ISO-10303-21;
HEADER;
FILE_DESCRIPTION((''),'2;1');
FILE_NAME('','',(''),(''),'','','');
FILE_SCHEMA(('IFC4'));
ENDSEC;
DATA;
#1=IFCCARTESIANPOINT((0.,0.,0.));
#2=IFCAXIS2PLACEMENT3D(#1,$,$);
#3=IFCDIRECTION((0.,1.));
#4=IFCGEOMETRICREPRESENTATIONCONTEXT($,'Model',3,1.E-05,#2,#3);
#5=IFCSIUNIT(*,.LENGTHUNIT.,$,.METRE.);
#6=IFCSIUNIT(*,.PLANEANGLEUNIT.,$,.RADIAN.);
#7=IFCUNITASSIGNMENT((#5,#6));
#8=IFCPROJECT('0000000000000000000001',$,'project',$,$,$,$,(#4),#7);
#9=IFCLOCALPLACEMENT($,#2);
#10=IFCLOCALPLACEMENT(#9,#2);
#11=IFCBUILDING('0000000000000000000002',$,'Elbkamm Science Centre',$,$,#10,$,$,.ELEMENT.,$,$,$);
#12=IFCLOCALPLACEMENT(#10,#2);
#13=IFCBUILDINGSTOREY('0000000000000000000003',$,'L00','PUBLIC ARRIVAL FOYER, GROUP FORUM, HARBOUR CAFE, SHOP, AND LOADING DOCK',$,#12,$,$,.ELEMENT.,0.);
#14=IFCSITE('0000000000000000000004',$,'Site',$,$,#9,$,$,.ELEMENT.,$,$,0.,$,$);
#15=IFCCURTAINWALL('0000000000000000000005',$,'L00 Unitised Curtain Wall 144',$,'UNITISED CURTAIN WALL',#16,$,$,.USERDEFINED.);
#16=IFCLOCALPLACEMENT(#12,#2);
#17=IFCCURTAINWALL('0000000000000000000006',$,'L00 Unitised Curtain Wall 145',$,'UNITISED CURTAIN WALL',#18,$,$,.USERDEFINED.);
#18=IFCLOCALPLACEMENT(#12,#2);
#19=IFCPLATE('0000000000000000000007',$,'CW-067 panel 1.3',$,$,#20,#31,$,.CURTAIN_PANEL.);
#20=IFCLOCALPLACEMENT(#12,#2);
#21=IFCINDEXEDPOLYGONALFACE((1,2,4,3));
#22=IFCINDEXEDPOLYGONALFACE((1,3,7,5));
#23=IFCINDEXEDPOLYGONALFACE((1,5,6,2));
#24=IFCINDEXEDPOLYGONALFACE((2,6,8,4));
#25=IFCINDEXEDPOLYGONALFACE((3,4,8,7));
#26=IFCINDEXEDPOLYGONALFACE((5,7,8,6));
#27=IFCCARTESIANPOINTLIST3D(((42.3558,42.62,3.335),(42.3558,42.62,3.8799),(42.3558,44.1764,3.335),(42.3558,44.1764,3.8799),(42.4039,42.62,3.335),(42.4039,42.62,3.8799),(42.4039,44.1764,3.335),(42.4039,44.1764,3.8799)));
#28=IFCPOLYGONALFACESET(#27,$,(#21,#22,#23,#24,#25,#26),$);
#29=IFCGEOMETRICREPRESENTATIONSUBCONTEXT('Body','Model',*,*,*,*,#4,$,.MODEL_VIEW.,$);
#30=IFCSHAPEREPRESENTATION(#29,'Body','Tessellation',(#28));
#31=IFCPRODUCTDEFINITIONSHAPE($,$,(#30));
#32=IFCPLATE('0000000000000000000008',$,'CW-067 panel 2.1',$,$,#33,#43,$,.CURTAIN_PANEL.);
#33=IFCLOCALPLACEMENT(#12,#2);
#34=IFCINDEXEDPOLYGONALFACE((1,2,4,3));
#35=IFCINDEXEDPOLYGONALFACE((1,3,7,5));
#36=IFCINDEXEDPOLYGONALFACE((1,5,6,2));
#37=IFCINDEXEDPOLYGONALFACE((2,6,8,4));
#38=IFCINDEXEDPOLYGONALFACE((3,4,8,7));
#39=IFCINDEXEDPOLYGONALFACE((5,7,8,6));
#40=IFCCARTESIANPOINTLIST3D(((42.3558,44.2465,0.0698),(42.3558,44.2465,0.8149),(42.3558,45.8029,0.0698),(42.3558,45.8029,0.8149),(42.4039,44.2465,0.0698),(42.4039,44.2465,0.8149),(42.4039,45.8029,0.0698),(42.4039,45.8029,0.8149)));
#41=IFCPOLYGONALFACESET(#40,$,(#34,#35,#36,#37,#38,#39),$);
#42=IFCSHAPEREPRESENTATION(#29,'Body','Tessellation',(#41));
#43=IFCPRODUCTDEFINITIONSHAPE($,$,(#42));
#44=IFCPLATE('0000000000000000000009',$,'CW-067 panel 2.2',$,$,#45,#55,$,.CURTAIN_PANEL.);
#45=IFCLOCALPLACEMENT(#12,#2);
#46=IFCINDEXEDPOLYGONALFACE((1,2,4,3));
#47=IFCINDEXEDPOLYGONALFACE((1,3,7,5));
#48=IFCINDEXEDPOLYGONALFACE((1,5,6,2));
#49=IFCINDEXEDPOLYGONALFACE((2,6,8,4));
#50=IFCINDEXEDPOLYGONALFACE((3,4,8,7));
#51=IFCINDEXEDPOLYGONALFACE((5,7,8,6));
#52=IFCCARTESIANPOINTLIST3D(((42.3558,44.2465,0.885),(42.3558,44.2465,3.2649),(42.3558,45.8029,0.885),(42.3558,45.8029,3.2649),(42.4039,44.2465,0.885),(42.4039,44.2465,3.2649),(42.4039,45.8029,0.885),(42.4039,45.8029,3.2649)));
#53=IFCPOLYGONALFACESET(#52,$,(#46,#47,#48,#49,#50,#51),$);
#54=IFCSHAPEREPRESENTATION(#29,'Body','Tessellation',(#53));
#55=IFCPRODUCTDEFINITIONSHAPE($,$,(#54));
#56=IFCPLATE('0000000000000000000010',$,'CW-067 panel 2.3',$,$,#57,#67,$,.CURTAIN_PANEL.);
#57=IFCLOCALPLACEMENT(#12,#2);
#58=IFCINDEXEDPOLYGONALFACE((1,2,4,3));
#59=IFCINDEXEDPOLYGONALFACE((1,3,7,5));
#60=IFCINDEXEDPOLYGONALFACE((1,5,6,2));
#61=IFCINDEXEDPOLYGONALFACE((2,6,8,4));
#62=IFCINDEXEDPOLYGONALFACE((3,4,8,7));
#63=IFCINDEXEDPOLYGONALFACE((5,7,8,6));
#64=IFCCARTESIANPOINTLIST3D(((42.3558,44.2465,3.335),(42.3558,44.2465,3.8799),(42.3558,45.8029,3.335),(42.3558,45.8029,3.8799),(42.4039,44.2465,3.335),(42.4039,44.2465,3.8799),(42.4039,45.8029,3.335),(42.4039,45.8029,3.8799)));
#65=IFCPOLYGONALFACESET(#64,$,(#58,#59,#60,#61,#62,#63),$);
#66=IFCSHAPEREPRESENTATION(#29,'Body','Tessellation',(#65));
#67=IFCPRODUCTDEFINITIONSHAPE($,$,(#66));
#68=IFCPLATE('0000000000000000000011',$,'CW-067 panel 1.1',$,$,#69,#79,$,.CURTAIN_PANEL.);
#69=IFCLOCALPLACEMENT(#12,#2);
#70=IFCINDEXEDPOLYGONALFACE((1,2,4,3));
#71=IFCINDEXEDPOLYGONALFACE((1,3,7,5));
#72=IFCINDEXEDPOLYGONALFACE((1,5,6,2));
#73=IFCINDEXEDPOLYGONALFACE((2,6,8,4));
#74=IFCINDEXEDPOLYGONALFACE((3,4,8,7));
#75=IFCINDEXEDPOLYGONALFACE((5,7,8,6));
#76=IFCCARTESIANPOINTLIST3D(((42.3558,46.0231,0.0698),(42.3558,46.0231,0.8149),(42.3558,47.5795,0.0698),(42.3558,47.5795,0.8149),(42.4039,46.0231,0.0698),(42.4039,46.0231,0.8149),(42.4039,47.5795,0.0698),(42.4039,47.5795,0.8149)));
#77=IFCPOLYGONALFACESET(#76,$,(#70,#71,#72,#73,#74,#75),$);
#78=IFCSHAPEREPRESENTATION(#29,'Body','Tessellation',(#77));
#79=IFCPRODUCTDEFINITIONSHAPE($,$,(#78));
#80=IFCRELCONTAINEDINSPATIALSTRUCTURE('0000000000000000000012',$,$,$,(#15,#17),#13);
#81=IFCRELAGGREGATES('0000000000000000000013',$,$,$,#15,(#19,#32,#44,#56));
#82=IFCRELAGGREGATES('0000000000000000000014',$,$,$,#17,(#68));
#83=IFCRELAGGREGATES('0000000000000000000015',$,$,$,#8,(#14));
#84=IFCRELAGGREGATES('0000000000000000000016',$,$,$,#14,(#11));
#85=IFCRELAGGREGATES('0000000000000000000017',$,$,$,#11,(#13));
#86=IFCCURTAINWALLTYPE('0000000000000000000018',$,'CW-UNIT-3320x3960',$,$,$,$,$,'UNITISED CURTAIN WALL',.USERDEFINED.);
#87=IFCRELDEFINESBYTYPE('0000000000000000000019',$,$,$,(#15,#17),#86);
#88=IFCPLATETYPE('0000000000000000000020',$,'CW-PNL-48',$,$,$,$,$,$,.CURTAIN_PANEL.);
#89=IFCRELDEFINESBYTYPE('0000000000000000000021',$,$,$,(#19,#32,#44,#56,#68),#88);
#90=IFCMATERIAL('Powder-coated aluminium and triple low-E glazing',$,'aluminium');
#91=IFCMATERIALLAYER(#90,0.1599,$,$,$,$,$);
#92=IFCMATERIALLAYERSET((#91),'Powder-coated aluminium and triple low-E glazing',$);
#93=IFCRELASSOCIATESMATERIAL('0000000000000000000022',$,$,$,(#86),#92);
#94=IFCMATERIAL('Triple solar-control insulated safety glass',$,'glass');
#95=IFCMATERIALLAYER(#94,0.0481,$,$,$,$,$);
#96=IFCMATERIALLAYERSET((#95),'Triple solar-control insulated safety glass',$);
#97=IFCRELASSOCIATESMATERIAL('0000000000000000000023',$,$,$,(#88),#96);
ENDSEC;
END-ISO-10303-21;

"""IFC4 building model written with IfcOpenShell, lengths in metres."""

from ifc_helpers import new_model, si_unit, direction, frame, origin, origin_2d, place, context, subcontext, project, spatial, rectangle, extrude, material, layer, layer_set, type_object, element, aggregate, save


model = new_model("IFC4")

# Units and contexts
model_context = context("Model", 3, precision=1e-05, world=origin(), true_north=direction((0.0, 1.0)))
body_context = subcontext(model_context, "Body", "Model", "MODEL_VIEW")
ifc_project = project(units=[si_unit("LENGTHUNIT", "METRE"), si_unit("PLANEANGLEUNIT", "RADIAN")], contexts=[model_context])

# Site, building, storey
site_placement = place(None, origin())
site = spatial("IfcSite", under=ifc_project, at=site_placement, Name="Site", CompositionType="ELEMENT", RefElevation=0.0)
building_placement = place(site_placement, origin())
building = spatial("IfcBuilding", under=site, at=building_placement, Name="Elbkamm Science Centre", CompositionType="ELEMENT")
storey_placement = place(building_placement, origin())
storey = spatial("IfcBuildingStorey", under=building, at=storey_placement, Name="L00", Description="PUBLIC ARRIVAL FOYER, GROUP FORUM, HARBOUR CAFE, SHOP, AND LOADING DOCK", CompositionType="ELEMENT", Elevation=0.0)

# Curtain wall
ifc_material_1 = material(Name="Powder-coated aluminium and triple low-E glazing", Category="aluminium")
ifc_layer_1 = layer(ifc_material_1, 0.1599)
ifc_layer_set_1 = layer_set([ifc_layer_1], Name="Powder-coated aluminium and triple low-E glazing")
curtain_wall_type = type_object("IfcCurtainWallType", Name="CW-UNIT-3320x3960", ElementType="UNITISED CURTAIN WALL", PredefinedType="USERDEFINED", material=ifc_layer_set_1)
curtain_wall_1_placement = place(storey_placement, origin())
curtain_wall_1 = element("IfcCurtainWall", 1, at=curtain_wall_1_placement, inside=storey, type_object=curtain_wall_type, Name="L00 Unitised Curtain Wall 144", ObjectType="UNITISED CURTAIN WALL", PredefinedType="USERDEFINED")

# Curtain wall
curtain_wall_2_placement = place(storey_placement, origin())
curtain_wall_2 = element("IfcCurtainWall", 2, at=curtain_wall_2_placement, inside=storey, type_object=curtain_wall_type, Name="L00 Unitised Curtain Wall 145", ObjectType="UNITISED CURTAIN WALL", PredefinedType="USERDEFINED")

# Plates
ifc_material_2 = material(Name="Triple solar-control insulated safety glass", Category="glass")
ifc_layer_2 = layer(ifc_material_2, 0.0481)
ifc_layer_set_2 = layer_set([ifc_layer_2], Name="Triple solar-control insulated safety glass")
plate_type = type_object("IfcPlateType", Name="CW-PNL-48", PredefinedType="CURTAIN_PANEL", material=ifc_layer_set_2)
plate_1_placement = place(storey_placement, frame((42.3799, 43.3982, 3.335), z_axis=(0.0, 0.0, 1.0), x_axis=(0.0, 1.0, 0.0)))
plate_1 = element("IfcPlate", 3, at=plate_1_placement, type_object=plate_type, Name="CW-067 panel 1.3", PredefinedType="CURTAIN_PANEL", context=body_context, shape_type="SweptSolid", body=[
    extrude(rectangle(XDim=1.5564, YDim=0.0481, at=origin_2d()), origin(), (0.0, 0.0, 1.0), 0.5449),
])
plate_2_placement = place(storey_placement, frame((42.3799, 45.0247, 0.0698), z_axis=(0.0, 0.0, 1.0), x_axis=(0.0, 1.0, 0.0)))
plate_2 = element("IfcPlate", 4, at=plate_2_placement, type_object=plate_type, Name="CW-067 panel 2.1", PredefinedType="CURTAIN_PANEL", context=body_context, shape_type="SweptSolid", body=[
    extrude(rectangle(XDim=1.5564, YDim=0.0481, at=origin_2d()), origin(), (0.0, 0.0, 1.0), 0.7451),
])
plate_3_placement = place(storey_placement, frame((42.3799, 45.0247, 0.885), z_axis=(0.0, 0.0, 1.0), x_axis=(0.0, 1.0, 0.0)))
plate_3 = element("IfcPlate", 5, at=plate_3_placement, type_object=plate_type, Name="CW-067 panel 2.2", PredefinedType="CURTAIN_PANEL", context=body_context, shape_type="SweptSolid", body=[
    extrude(rectangle(XDim=1.5564, YDim=0.0481, at=origin_2d()), origin(), (0.0, 0.0, 1.0), 2.3799),
])
plate_4_placement = place(storey_placement, frame((42.3799, 45.0247, 3.335), z_axis=(0.0, 0.0, 1.0), x_axis=(0.0, 1.0, 0.0)))
plate_4 = element("IfcPlate", 6, at=plate_4_placement, type_object=plate_type, Name="CW-067 panel 2.3", PredefinedType="CURTAIN_PANEL", context=body_context, shape_type="SweptSolid", body=[
    extrude(rectangle(XDim=1.5564, YDim=0.0481, at=origin_2d()), origin(), (0.0, 0.0, 1.0), 0.5449),
])
aggregate(curtain_wall_1, [plate_1, plate_2, plate_3, plate_4])
plate_5_placement = place(storey_placement, frame((42.3799, 46.8013, 0.0698), z_axis=(0.0, 0.0, 1.0), x_axis=(0.0, 1.0, 0.0)))
plate_5 = element("IfcPlate", 7, at=plate_5_placement, type_object=plate_type, Name="CW-067 panel 1.1", PredefinedType="CURTAIN_PANEL", context=body_context, shape_type="SweptSolid", body=[
    extrude(rectangle(XDim=1.5564, YDim=0.0481, at=origin_2d()), origin(), (0.0, 0.0, 1.0), 0.7451),
])
aggregate(curtain_wall_2, [plate_5])

save(model, "model.ifc")
